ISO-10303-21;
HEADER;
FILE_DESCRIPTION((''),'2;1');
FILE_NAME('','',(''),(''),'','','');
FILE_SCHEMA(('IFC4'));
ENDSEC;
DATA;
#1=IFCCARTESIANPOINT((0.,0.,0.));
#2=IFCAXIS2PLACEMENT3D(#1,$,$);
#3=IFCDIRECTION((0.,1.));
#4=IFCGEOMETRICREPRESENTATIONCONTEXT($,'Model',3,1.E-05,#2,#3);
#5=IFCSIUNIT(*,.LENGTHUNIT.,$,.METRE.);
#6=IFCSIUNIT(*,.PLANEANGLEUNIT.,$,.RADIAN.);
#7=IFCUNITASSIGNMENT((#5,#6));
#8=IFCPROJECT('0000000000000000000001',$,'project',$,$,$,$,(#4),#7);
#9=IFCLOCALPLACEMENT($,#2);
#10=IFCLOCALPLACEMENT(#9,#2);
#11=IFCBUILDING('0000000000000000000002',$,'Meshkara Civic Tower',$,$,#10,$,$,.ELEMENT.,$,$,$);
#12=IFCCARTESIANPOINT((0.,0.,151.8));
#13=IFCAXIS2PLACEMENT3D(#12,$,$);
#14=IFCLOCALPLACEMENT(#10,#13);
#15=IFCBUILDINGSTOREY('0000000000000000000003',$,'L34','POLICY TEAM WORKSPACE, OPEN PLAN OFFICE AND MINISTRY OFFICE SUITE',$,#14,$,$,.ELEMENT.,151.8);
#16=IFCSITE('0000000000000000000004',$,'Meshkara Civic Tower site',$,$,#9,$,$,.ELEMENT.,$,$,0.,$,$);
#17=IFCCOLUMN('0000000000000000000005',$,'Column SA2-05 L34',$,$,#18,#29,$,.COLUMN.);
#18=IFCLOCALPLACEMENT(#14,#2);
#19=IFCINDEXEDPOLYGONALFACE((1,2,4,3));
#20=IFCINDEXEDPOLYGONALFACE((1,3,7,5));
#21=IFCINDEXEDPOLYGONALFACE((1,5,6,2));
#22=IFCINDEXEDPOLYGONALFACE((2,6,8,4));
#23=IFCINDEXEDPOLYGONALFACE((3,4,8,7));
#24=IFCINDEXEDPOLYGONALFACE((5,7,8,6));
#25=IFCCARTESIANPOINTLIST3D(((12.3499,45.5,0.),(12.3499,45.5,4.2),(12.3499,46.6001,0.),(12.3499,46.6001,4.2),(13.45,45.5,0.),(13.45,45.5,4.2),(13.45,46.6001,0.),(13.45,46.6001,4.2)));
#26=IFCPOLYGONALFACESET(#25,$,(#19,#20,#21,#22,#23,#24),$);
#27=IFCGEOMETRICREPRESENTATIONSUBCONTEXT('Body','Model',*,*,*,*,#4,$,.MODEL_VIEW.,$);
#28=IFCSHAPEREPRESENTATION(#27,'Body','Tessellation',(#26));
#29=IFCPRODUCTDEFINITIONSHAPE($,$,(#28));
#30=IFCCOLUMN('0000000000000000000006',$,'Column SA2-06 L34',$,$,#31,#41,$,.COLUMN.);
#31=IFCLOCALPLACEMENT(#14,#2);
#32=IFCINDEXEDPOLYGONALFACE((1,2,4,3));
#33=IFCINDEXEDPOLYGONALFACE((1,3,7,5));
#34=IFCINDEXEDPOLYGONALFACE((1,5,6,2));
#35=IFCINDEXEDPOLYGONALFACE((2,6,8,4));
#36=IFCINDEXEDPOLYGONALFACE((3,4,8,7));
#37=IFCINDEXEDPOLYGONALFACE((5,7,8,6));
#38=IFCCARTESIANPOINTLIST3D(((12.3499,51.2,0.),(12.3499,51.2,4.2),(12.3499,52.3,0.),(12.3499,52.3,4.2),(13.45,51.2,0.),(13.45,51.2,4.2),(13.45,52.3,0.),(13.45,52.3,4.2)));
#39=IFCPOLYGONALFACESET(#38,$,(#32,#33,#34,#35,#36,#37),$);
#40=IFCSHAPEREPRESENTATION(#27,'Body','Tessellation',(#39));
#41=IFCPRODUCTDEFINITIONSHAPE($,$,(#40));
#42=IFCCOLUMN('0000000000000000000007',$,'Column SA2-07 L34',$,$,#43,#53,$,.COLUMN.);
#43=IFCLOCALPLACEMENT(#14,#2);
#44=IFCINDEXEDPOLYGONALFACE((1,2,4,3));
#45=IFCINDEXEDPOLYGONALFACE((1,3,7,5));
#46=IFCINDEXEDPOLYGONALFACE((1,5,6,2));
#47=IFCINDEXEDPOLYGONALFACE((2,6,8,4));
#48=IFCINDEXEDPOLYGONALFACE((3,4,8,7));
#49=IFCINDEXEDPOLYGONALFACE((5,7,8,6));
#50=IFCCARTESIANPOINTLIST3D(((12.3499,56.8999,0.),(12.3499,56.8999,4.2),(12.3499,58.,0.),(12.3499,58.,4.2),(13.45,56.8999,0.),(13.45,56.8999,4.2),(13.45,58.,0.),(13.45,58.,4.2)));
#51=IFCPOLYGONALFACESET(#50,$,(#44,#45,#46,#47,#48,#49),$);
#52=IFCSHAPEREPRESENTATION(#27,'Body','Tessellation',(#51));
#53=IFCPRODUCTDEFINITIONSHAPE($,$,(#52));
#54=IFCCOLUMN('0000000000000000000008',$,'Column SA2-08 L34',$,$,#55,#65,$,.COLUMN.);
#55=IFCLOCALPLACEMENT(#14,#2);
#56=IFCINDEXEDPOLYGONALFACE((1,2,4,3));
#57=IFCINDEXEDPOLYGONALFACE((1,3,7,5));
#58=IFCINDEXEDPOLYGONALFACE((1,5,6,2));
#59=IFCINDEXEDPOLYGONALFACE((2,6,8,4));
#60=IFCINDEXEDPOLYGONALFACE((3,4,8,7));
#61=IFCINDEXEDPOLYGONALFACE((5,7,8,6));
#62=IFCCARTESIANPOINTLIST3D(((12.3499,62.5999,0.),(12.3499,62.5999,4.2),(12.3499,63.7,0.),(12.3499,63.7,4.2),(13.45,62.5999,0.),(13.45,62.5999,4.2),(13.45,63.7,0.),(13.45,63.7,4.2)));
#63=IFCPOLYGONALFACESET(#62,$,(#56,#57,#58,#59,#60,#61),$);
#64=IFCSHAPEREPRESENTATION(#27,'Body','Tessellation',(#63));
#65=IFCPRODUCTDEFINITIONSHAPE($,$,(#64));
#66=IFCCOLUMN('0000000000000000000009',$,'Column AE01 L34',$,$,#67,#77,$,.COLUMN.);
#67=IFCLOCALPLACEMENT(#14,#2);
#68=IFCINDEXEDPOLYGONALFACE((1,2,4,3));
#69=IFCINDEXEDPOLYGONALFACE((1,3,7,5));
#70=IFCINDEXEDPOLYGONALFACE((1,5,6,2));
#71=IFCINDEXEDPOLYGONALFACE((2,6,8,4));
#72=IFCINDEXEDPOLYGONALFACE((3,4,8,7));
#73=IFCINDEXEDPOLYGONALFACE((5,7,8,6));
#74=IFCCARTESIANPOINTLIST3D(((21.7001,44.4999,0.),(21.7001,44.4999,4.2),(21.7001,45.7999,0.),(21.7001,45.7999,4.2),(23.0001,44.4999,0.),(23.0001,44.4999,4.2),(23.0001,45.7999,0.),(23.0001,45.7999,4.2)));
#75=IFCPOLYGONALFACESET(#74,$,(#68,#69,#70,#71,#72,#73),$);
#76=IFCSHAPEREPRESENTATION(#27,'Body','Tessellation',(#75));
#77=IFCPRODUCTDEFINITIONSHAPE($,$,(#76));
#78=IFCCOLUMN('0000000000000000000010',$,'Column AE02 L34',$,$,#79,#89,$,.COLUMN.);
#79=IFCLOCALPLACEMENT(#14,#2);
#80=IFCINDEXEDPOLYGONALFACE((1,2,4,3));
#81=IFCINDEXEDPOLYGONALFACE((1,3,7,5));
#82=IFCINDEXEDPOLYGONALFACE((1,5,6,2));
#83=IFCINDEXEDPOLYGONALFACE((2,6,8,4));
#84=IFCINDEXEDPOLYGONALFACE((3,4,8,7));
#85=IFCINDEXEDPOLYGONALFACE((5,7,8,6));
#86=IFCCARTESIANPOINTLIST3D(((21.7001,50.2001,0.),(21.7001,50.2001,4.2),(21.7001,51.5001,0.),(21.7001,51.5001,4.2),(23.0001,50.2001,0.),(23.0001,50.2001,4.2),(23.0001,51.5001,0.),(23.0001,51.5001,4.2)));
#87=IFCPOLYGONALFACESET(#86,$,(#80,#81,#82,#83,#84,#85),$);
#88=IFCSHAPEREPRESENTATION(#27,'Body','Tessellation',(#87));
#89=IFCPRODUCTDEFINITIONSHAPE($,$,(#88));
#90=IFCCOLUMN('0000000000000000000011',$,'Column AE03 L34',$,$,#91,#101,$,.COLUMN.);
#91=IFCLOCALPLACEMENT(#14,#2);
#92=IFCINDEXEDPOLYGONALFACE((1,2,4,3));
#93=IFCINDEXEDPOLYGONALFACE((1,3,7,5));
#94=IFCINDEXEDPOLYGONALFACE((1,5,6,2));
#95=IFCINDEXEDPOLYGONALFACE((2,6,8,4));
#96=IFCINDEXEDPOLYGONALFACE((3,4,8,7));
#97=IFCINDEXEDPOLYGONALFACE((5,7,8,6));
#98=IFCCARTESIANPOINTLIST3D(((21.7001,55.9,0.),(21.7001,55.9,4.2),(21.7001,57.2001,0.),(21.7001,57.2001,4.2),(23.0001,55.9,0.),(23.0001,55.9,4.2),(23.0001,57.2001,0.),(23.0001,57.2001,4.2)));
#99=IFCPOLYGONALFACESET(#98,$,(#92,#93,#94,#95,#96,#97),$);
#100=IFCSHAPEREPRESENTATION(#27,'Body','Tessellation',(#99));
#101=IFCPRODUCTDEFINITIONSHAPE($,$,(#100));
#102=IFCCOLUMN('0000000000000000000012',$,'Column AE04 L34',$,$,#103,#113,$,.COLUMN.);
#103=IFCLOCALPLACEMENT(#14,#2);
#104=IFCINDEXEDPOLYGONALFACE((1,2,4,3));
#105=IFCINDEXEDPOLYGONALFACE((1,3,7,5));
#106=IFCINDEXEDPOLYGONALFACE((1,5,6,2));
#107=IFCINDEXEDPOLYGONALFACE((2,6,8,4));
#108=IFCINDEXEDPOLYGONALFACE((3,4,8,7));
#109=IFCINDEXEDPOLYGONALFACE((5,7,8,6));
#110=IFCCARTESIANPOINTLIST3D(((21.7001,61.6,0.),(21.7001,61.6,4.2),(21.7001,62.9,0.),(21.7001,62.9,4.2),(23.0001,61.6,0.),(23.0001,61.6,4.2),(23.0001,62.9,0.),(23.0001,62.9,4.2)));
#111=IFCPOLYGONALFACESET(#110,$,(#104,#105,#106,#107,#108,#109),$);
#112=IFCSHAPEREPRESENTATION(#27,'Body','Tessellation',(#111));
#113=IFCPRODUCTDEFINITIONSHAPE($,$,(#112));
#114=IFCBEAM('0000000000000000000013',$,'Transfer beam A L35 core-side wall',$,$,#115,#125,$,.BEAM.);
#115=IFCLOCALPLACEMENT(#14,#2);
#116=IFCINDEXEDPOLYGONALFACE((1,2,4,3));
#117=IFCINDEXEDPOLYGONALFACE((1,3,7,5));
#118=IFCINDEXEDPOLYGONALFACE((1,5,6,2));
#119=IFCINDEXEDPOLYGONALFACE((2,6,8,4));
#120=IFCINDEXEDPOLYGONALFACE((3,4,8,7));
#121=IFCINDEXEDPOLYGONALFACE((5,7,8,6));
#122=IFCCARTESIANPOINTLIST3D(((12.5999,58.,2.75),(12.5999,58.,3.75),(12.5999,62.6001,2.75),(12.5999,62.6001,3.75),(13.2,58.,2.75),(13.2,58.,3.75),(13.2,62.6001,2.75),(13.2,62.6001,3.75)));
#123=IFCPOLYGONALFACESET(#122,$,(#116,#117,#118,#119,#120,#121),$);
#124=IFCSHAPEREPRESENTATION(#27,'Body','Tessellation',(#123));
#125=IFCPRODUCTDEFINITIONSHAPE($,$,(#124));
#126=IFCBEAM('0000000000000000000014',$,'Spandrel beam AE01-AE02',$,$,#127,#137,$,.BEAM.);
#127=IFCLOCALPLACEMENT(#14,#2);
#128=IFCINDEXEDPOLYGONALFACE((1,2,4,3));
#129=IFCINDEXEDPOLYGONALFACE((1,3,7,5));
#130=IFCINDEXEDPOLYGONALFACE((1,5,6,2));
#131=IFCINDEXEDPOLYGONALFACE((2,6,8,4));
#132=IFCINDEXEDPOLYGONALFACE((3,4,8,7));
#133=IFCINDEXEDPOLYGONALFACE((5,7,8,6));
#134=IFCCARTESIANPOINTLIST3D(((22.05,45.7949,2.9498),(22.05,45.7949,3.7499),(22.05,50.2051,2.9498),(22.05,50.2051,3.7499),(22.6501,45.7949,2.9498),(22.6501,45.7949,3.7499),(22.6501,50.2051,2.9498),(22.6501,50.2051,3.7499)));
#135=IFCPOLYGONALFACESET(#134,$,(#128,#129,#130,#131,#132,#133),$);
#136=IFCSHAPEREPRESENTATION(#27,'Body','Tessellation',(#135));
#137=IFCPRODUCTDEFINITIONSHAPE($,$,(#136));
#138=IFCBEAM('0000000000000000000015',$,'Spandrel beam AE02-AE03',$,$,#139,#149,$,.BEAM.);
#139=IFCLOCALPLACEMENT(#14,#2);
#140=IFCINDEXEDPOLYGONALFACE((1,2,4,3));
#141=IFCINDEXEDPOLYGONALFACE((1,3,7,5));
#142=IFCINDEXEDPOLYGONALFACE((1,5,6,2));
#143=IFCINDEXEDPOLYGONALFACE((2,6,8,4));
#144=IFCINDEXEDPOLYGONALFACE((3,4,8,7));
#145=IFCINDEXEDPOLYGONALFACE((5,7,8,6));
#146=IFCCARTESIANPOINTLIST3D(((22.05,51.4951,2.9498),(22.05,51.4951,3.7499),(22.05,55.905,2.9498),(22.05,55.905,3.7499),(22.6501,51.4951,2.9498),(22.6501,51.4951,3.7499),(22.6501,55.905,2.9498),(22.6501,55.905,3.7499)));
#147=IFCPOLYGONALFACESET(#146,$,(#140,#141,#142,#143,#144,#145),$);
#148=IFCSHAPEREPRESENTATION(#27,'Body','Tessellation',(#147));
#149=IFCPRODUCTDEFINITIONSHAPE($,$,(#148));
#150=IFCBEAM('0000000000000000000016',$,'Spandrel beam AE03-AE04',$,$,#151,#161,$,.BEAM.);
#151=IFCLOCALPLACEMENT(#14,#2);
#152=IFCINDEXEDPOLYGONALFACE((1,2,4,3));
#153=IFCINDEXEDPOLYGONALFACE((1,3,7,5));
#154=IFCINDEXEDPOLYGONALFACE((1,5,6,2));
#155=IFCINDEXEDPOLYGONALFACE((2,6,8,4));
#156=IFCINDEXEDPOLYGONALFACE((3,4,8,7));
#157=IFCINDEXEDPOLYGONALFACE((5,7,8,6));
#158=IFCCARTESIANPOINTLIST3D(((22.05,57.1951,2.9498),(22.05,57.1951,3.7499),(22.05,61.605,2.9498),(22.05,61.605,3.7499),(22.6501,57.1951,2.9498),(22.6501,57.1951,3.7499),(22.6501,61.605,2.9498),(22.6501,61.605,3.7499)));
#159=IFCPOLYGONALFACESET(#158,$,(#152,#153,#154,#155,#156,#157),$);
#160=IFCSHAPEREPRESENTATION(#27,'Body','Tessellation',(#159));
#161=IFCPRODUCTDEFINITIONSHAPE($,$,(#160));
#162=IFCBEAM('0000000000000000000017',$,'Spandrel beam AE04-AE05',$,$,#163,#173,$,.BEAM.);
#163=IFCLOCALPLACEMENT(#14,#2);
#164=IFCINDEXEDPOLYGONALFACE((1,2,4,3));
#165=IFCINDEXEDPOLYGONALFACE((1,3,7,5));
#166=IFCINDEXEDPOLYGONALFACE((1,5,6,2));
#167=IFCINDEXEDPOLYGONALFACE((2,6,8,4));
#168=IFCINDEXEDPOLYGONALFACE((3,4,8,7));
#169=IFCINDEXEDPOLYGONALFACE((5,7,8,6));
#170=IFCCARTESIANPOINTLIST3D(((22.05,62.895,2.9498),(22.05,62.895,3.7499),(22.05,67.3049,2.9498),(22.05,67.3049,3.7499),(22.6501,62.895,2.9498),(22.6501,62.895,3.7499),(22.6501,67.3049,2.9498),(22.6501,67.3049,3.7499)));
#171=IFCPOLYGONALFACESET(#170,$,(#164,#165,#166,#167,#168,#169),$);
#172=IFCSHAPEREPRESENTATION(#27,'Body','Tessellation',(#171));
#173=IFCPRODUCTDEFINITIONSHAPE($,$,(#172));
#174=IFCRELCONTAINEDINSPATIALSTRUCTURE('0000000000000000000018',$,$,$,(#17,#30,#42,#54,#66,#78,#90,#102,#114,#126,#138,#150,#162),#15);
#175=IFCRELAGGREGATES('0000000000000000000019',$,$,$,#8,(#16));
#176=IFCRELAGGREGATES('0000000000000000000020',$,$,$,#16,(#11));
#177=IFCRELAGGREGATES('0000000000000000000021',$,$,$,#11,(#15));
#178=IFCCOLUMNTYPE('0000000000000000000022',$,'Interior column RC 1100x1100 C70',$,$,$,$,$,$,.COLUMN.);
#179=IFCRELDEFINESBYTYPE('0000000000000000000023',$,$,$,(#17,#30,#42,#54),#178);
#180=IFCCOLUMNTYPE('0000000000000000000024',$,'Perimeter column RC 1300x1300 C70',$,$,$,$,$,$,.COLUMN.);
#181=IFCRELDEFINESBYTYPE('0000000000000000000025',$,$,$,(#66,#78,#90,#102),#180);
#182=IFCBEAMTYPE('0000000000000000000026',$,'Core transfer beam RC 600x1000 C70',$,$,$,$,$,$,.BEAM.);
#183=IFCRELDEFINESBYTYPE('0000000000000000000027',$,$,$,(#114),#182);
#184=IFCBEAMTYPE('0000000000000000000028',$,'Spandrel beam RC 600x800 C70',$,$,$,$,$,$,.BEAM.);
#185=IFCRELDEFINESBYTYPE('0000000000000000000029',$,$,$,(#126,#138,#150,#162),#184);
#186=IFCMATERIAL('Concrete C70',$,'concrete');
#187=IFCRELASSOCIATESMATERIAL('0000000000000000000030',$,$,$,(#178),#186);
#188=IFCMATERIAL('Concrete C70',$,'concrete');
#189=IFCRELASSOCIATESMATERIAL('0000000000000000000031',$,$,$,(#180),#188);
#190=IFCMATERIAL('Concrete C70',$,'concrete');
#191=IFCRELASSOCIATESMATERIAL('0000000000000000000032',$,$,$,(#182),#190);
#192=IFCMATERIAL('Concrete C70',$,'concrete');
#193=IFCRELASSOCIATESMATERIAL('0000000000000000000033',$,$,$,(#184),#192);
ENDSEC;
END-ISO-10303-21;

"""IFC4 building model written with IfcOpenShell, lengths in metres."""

from ifc_helpers import new_model, si_unit, direction, frame, origin, origin_2d, place, context, subcontext, project, spatial, rectangle, extrude, material, material_profile, profile_set, type_object, element, save


model = new_model("IFC4")

# Units and contexts
model_context = context("Model", 3, precision=1e-05, world=origin(), true_north=direction((0.0, 1.0)))
body_context = subcontext(model_context, "Body", "Model", "MODEL_VIEW")
ifc_project = project(units=[si_unit("LENGTHUNIT", "METRE"), si_unit("PLANEANGLEUNIT", "RADIAN")], contexts=[model_context])

# Site, building, storey
site_placement = place(None, origin())
site = spatial("IfcSite", under=ifc_project, at=site_placement, Name="Meshkara Civic Tower site", CompositionType="ELEMENT", RefElevation=0.0)
building_placement = place(site_placement, origin())
building = spatial("IfcBuilding", under=site, at=building_placement, Name="Meshkara Civic Tower", CompositionType="ELEMENT")
storey_placement = place(building_placement, frame((0.0, 0.0, 151.8)))
storey = spatial("IfcBuildingStorey", under=building, at=storey_placement, Name="L34", Description="POLICY TEAM WORKSPACE, OPEN PLAN OFFICE AND MINISTRY OFFICE SUITE", CompositionType="ELEMENT", Elevation=151.8)

# Columns
ifc_material_1 = material(Name="Concrete C70", Category="concrete")
ifc_material_profile_1 = material_profile(ifc_material_1, rectangle(XDim=1.1001, YDim=1.1001, at=origin_2d()))
ifc_profile_set_1 = profile_set([ifc_material_profile_1], Name="Concrete C70")
column_type_1 = type_object("IfcColumnType", Name="Interior column RC 1100x1100 C70", PredefinedType="COLUMN", material=ifc_profile_set_1)
for number, where, z_axis, x_axis, name in (
    (1, (12.8999, 46.05, 0.0), (0.0, 0.0, 1.0), (1.0, 0.0, 0.0), "Column SA2-05 L34"),
    (2, (12.8999, 51.75, 0.0), (0.0, 0.0, 1.0), (1.0, 0.0, 0.0), "Column SA2-06 L34"),
    (3, (12.8999, 57.45, 0.0), (0.0, 0.0, 1.0), (1.0, 0.0, 0.0), "Column SA2-07 L34"),
    (4, (12.8999, 63.1499, 0.0), (0.0, 0.0, 1.0), (1.0, 0.0, 0.0), "Column SA2-08 L34"),
):
    element("IfcColumn", number, at=place(storey_placement, frame(where, z_axis=z_axis, x_axis=x_axis)), inside=storey, type_object=column_type_1, Name=name, PredefinedType="COLUMN", context=body_context, shape_type="SweptSolid", body=[
        extrude(rectangle(XDim=1.1001, YDim=1.1001, at=origin_2d()), origin(), (0.0, 0.0, 1.0), 4.2),
    ])
ifc_material_2 = material(Name="Concrete C70", Category="concrete")
ifc_material_profile_2 = material_profile(ifc_material_2, rectangle(XDim=1.3, YDim=1.3, at=origin_2d()))
ifc_profile_set_2 = profile_set([ifc_material_profile_2], Name="Concrete C70")
column_type_2 = type_object("IfcColumnType", Name="Perimeter column RC 1300x1300 C70", PredefinedType="COLUMN", material=ifc_profile_set_2)
for number, where, z_axis, x_axis, name in (
    (5, (22.3501, 45.1499, 0.0), (0.0, 0.0, 1.0), (1.0, 0.0, 0.0), "Column AE01 L34"),
    (6, (22.3501, 50.8501, 0.0), (0.0, 0.0, 1.0), (1.0, 0.0, 0.0), "Column AE02 L34"),
    (7, (22.3501, 56.55, 0.0), (0.0, 0.0, 1.0), (1.0, 0.0, 0.0), "Column AE03 L34"),
    (8, (22.3501, 62.25, 0.0), (0.0, 0.0, 1.0), (1.0, 0.0, 0.0), "Column AE04 L34"),
):
    element("IfcColumn", number, at=place(storey_placement, frame(where, z_axis=z_axis, x_axis=x_axis)), inside=storey, type_object=column_type_2, Name=name, PredefinedType="COLUMN", context=body_context, shape_type="SweptSolid", body=[
        extrude(rectangle(XDim=1.3, YDim=1.3, at=origin_2d()), origin(), (0.0, 0.0, 1.0), 4.2),
    ])

# Beams
ifc_material_3 = material(Name="Concrete C70", Category="concrete")
ifc_material_profile_3 = material_profile(ifc_material_3, rectangle(XDim=0.6001, YDim=1.0, at=origin_2d()))
ifc_profile_set_3 = profile_set([ifc_material_profile_3], Name="Concrete C70")
beam_type_1 = type_object("IfcBeamType", Name="Core transfer beam RC 600x1000 C70", PredefinedType="BEAM", material=ifc_profile_set_3)
beam_1_placement = place(storey_placement, frame((12.8999, 58.0, 3.25), z_axis=(0.0, 1.0, 0.0), x_axis=(-1.0, 0.0, 0.0)))
element("IfcBeam", 9, at=beam_1_placement, inside=storey, type_object=beam_type_1, Name="Transfer beam A L35 core-side wall", PredefinedType="BEAM", context=body_context, shape_type="SweptSolid", body=[
    extrude(rectangle(XDim=0.6001, YDim=1.0, at=origin_2d()), origin(), (0.0, 0.0, 1.0), 4.6001),
])
ifc_material_4 = material(Name="Concrete C70", Category="concrete")
ifc_material_profile_4 = material_profile(ifc_material_4, rectangle(XDim=0.6001, YDim=0.8, at=origin_2d()))
ifc_profile_set_4 = profile_set([ifc_material_profile_4], Name="Concrete C70")
beam_type_2 = type_object("IfcBeamType", Name="Spandrel beam RC 600x800 C70", PredefinedType="BEAM", material=ifc_profile_set_4)
beam_2_placement = place(storey_placement, frame((22.3501, 45.7949, 3.3499), z_axis=(0.0, 1.0, 0.0), x_axis=(-1.0, 0.0, 0.0)))
element("IfcBeam", 10, at=beam_2_placement, inside=storey, type_object=beam_type_2, Name="Spandrel beam AE01-AE02", PredefinedType="BEAM", context=body_context, shape_type="SweptSolid", body=[
    extrude(rectangle(XDim=0.6001, YDim=0.8, at=origin_2d()), origin(), (0.0, 0.0, 1.0), 4.4102),
])
for number, where, z_axis, x_axis, name in (
    (11, (22.3501, 51.4951, 3.3499), (0.0, 1.0, 0.0), (-1.0, 0.0, 0.0), "Spandrel beam AE02-AE03"),
    (12, (22.3501, 57.1951, 3.3499), (0.0, 1.0, 0.0), (-1.0, 0.0, 0.0), "Spandrel beam AE03-AE04"),
    (13, (22.3501, 62.895, 3.3499), (0.0, 1.0, 0.0), (-1.0, 0.0, 0.0), "Spandrel beam AE04-AE05"),
):
    element("IfcBeam", number, at=place(storey_placement, frame(where, z_axis=z_axis, x_axis=x_axis)), inside=storey, type_object=beam_type_2, Name=name, PredefinedType="BEAM", context=body_context, shape_type="SweptSolid", body=[
        extrude(rectangle(XDim=0.6001, YDim=0.8, at=origin_2d()), origin(), (0.0, 0.0, 1.0), 4.4099),
    ])

save(model, "model.ifc")
